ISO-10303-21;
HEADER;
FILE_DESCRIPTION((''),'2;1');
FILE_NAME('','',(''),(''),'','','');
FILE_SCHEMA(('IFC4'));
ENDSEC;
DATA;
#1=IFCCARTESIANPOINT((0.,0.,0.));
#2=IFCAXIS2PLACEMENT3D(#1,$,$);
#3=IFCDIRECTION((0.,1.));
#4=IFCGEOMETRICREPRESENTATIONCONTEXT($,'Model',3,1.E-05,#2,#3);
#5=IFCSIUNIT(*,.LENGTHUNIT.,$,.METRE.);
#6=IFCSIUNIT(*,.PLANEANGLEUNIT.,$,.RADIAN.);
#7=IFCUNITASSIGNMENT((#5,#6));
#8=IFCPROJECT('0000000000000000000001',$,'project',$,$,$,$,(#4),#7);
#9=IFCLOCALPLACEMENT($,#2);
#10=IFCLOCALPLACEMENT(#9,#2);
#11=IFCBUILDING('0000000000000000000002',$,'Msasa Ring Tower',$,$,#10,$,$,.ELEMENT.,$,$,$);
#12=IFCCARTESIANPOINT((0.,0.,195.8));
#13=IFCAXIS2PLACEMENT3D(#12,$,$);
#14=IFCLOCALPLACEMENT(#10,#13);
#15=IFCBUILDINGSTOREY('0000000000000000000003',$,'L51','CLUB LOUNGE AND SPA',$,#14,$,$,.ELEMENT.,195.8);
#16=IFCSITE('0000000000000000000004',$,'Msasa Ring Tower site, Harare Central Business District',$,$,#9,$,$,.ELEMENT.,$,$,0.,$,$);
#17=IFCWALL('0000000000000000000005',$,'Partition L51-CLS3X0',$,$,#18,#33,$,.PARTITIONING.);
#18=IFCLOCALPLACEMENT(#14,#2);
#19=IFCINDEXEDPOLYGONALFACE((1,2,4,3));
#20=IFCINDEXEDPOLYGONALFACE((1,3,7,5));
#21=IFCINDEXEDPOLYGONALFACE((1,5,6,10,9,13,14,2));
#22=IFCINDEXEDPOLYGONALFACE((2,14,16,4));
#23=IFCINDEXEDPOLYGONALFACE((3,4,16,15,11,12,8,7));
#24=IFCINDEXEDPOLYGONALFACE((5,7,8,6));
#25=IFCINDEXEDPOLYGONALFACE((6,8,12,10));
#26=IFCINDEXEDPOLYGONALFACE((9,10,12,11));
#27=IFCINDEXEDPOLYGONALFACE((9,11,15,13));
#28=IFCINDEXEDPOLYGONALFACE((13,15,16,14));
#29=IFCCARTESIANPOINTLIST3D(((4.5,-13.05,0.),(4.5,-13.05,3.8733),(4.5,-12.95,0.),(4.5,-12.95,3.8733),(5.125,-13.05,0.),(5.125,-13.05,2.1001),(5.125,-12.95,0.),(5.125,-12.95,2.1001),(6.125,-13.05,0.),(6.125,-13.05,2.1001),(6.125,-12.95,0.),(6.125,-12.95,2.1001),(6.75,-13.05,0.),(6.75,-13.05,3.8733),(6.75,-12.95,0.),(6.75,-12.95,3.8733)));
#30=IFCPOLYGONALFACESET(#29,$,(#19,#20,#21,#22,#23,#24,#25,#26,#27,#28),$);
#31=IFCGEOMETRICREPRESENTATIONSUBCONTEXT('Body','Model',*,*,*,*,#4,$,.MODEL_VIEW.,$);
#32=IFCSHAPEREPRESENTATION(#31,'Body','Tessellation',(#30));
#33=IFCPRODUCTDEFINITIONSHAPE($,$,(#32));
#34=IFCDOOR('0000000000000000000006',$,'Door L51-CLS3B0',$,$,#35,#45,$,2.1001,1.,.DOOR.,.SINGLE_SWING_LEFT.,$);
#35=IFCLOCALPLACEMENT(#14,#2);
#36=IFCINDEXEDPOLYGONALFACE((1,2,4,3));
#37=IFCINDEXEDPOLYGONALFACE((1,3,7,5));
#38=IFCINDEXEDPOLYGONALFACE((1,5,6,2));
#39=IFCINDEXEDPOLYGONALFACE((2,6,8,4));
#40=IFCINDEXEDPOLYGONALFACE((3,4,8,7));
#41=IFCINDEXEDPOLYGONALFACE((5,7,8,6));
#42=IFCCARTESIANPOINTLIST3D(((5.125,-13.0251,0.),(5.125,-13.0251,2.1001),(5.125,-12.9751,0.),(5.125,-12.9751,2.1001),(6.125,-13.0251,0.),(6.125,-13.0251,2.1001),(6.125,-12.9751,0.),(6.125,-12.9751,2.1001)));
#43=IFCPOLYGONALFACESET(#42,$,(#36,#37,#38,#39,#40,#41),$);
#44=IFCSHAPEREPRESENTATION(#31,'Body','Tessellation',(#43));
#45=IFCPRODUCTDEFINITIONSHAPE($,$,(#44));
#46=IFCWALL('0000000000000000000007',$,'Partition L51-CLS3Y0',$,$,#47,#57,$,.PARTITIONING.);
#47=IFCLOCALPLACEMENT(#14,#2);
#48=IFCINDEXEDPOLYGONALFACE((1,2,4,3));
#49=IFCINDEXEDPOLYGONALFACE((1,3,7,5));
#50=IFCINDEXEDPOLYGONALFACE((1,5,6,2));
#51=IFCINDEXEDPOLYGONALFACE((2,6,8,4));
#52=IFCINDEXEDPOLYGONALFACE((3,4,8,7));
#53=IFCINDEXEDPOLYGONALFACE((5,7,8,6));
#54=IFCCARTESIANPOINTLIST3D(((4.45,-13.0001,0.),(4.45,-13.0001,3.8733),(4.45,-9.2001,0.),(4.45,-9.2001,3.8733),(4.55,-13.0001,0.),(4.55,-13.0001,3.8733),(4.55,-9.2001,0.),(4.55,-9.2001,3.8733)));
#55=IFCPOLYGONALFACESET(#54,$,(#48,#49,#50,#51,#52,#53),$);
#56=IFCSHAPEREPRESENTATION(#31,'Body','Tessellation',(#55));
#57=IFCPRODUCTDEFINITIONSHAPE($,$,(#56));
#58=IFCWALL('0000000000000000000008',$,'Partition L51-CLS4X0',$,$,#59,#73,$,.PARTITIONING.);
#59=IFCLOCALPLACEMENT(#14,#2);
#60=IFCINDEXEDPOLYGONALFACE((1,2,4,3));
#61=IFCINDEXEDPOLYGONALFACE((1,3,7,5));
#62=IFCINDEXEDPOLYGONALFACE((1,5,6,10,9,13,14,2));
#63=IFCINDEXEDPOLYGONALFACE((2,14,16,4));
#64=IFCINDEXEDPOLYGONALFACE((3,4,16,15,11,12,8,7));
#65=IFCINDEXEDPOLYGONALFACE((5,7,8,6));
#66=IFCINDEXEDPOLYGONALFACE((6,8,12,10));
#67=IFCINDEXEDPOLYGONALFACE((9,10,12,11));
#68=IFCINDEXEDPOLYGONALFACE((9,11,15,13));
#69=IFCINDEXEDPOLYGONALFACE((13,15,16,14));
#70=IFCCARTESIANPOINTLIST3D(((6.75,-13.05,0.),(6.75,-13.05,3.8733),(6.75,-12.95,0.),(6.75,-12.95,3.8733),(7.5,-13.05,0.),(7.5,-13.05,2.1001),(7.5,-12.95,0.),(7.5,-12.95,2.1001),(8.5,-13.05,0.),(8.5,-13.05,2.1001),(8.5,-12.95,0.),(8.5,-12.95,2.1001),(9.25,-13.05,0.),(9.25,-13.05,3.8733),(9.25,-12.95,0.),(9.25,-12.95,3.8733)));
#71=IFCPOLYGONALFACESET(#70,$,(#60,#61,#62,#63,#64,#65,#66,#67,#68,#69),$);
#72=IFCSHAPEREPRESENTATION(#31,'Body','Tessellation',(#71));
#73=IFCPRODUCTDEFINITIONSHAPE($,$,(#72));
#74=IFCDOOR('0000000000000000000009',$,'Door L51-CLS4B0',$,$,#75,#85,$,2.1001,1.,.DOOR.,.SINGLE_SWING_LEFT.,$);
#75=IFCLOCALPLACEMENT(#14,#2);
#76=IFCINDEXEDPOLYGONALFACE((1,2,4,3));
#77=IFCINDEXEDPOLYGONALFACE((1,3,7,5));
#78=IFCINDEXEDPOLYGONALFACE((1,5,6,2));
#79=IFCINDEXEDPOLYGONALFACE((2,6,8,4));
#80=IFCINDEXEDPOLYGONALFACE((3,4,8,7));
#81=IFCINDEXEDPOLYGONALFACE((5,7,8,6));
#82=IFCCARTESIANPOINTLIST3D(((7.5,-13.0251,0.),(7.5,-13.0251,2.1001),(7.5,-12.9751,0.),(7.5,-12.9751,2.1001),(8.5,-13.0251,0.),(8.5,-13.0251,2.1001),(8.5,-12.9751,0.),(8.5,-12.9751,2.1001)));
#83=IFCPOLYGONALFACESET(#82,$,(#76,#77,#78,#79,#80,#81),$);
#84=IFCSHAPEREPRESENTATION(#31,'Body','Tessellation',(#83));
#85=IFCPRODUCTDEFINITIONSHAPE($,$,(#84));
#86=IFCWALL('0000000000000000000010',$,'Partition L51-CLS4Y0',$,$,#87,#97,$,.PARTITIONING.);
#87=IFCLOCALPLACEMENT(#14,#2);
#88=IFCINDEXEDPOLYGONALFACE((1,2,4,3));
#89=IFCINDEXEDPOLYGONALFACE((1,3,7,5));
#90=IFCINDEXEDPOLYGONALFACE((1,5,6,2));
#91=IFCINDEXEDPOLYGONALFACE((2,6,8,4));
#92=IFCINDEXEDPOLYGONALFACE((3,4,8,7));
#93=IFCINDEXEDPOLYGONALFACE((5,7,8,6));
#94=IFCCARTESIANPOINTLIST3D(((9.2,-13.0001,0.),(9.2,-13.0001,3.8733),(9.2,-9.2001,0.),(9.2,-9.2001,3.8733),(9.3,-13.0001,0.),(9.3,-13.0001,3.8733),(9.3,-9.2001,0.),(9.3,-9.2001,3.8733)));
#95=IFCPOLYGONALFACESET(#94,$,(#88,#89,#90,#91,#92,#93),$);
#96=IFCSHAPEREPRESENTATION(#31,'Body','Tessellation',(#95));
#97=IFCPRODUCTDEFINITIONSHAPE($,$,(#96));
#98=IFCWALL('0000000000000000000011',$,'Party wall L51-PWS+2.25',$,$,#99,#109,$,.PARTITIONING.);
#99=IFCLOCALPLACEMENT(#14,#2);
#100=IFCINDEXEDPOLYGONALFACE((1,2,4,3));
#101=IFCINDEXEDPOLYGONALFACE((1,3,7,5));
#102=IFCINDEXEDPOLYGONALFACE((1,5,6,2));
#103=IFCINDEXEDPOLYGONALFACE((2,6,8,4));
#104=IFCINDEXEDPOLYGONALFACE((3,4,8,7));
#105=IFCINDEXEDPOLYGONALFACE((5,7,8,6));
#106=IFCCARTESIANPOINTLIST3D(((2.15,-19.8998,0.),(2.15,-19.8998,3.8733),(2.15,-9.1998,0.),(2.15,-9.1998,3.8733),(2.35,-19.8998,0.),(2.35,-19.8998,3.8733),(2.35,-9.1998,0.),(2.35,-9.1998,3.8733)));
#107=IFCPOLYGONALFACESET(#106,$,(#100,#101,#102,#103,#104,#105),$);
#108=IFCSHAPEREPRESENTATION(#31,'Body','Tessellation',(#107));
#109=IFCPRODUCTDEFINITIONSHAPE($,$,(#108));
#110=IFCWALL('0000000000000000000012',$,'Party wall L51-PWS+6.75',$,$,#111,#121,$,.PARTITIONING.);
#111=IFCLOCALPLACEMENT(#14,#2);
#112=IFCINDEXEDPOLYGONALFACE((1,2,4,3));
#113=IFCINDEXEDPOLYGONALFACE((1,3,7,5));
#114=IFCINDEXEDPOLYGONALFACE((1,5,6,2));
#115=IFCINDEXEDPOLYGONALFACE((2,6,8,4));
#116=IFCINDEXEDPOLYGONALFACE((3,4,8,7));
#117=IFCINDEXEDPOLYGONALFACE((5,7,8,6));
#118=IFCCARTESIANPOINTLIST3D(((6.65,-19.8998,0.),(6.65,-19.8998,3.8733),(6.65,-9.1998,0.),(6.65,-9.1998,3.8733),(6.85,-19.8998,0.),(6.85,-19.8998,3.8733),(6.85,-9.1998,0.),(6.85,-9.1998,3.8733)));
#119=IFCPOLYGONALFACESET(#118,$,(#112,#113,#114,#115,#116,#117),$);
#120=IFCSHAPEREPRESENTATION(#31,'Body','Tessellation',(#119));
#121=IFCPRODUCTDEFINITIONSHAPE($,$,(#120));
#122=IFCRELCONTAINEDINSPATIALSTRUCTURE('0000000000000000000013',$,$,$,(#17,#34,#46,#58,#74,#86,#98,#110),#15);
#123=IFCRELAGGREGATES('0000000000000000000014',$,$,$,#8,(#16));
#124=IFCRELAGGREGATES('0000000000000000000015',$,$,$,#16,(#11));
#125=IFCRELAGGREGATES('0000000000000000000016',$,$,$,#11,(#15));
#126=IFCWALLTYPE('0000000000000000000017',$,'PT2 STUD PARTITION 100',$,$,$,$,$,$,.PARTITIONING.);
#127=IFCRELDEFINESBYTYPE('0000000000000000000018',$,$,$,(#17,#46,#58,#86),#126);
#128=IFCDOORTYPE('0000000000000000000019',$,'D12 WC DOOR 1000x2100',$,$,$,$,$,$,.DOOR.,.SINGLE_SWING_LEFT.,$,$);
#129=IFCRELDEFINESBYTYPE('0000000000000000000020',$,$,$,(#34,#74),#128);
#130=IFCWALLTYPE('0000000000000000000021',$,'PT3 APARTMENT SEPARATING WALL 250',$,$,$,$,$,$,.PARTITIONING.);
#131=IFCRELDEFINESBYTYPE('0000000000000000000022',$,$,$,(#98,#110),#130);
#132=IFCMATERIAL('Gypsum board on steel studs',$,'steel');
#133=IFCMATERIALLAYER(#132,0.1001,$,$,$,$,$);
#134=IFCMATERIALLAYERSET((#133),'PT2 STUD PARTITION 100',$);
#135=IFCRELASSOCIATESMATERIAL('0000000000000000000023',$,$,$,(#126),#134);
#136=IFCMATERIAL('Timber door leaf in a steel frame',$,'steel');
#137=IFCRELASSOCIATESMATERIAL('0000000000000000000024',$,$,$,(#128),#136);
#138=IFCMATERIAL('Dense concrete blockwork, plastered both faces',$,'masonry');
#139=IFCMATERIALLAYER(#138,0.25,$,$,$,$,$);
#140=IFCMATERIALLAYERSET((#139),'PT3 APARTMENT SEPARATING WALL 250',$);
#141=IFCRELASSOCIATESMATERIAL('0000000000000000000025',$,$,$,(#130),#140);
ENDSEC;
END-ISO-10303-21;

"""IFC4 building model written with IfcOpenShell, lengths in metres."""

from ifc_helpers import new_model, si_unit, direction, frame, frame_2d, origin, place, context, subcontext, project, spatial, rectangle, extrude, material, layer, layer_set, type_object, element, fill, save


model = new_model("IFC4")

# Units and contexts
model_context = context("Model", 3, precision=1e-05, world=origin(), true_north=direction((0.0, 1.0)))
body_context = subcontext(model_context, "Body", "Model", "MODEL_VIEW")
ifc_project = project(units=[si_unit("LENGTHUNIT", "METRE"), si_unit("PLANEANGLEUNIT", "RADIAN")], contexts=[model_context])

# Site, building, storey
site_placement = place(None, origin())
site = spatial("IfcSite", under=ifc_project, at=site_placement, Name="Msasa Ring Tower site, Harare Central Business District", CompositionType="ELEMENT", RefElevation=0.0)
building_placement = place(site_placement, origin())
building = spatial("IfcBuilding", under=site, at=building_placement, Name="Msasa Ring Tower", CompositionType="ELEMENT")
storey_placement = place(building_placement, frame((0.0, 0.0, 195.8)))
storey = spatial("IfcBuildingStorey", under=building, at=storey_placement, Name="L51", Description="CLUB LOUNGE AND SPA", CompositionType="ELEMENT", Elevation=195.8)

# Shared definitions
ifc_material_1 = material(Name="Gypsum board on steel studs", Category="steel")
ifc_layer_1 = layer(ifc_material_1, 0.1001)
ifc_layer_set_1 = layer_set([ifc_layer_1], Name="PT2 STUD PARTITION 100")
wall_type_1 = type_object("IfcWallType", Name="PT2 STUD PARTITION 100", PredefinedType="PARTITIONING", material=ifc_layer_set_1)

# Wall, opening, door
wall_1_placement = place(storey_placement, frame((4.5, -13.0, 0.0), z_axis=(0.0, 0.0, 1.0), x_axis=(1.0, 0.0, 0.0)))
wall_1 = element("IfcWall", 1, at=wall_1_placement, inside=storey, type_object=wall_type_1, Name="Partition L51-CLS3X0", PredefinedType="PARTITIONING", context=body_context, shape_type="SweptSolid", body=[
    extrude(rectangle(XDim=2.25, YDim=0.1001, at=frame_2d((1.125, 0.0))), origin(), (0.0, 0.0, 1.0), 3.8733),
])
opening_1_placement = place(wall_1_placement, frame((0.625, 0.0, 0.0)))
opening_1 = element("IfcOpeningElement", 2, at=opening_1_placement, cuts=wall_1, PredefinedType="OPENING", context=body_context, shape_type="SweptSolid", body=[
    extrude(rectangle(XDim=1.0, YDim=2.1001, at=frame_2d((0.5, 1.05))), frame((0.0, 0.0601, 0.0), z_axis=(0.0, -1.0, 0.0), x_axis=(1.0, 0.0, 0.0)), (0.0, 0.0, 1.0), 0.1201),
])
ifc_material_2 = material(Name="Timber door leaf in a steel frame", Category="steel")
door_type = type_object("IfcDoorType", Name="D12 WC DOOR 1000x2100", OperationType="SINGLE_SWING_LEFT", PredefinedType="DOOR", material=ifc_material_2)
door_1_placement = place(opening_1_placement, origin())
door_1 = element("IfcDoor", 3, at=door_1_placement, inside=storey, type_object=door_type, Name="Door L51-CLS3B0", OperationType="SINGLE_SWING_LEFT", OverallHeight=2.1001, OverallWidth=1.0, PredefinedType="DOOR", context=body_context, shape_type="SweptSolid", body=[
    extrude(rectangle(XDim=1.0, YDim=2.1001, at=frame_2d((0.5, 1.05))), frame((0.0, 0.0249, 0.0), z_axis=(0.0, -1.0, 0.0), x_axis=(1.0, 0.0, 0.0)), (0.0, 0.0, 1.0), 0.05),
])
fill(opening_1, door_1)

# Wall
wall_2_placement = place(storey_placement, frame((4.5, -13.0, 0.0), z_axis=(0.0, 0.0, 1.0), x_axis=(0.0, 1.0, 0.0)))
element("IfcWall", 4, at=wall_2_placement, inside=storey, type_object=wall_type_1, Name="Partition L51-CLS3Y0", PredefinedType="PARTITIONING", context=body_context, shape_type="SweptSolid", body=[
    extrude(rectangle(XDim=3.8, YDim=0.1001, at=frame_2d((1.8999, 0.0))), origin(), (0.0, 0.0, 1.0), 3.8733),
])

# Wall, opening, door
wall_3_placement = place(storey_placement, frame((6.75, -13.0, 0.0), z_axis=(0.0, 0.0, 1.0), x_axis=(1.0, 0.0, 0.0)))
wall_3 = element("IfcWall", 5, at=wall_3_placement, inside=storey, type_object=wall_type_1, Name="Partition L51-CLS4X0", PredefinedType="PARTITIONING", context=body_context, shape_type="SweptSolid", body=[
    extrude(rectangle(XDim=2.5, YDim=0.1001, at=frame_2d((1.25, 0.0))), origin(), (0.0, 0.0, 1.0), 3.8733),
])
opening_2_placement = place(wall_3_placement, frame((0.75, 0.0, 0.0)))
opening_2 = element("IfcOpeningElement", 6, at=opening_2_placement, cuts=wall_3, PredefinedType="OPENING", context=body_context, shape_type="SweptSolid", body=[
    extrude(rectangle(XDim=1.0, YDim=2.1001, at=frame_2d((0.5, 1.05))), frame((0.0, 0.0601, 0.0), z_axis=(0.0, -1.0, 0.0), x_axis=(1.0, 0.0, 0.0)), (0.0, 0.0, 1.0), 0.1201),
])
door_2_placement = place(opening_2_placement, origin())
door_2 = element("IfcDoor", 7, at=door_2_placement, inside=storey, type_object=door_type, Name="Door L51-CLS4B0", OperationType="SINGLE_SWING_LEFT", OverallHeight=2.1001, OverallWidth=1.0, PredefinedType="DOOR", context=body_context, shape_type="SweptSolid", body=[
    extrude(rectangle(XDim=1.0, YDim=2.1001, at=frame_2d((0.5, 1.05))), frame((0.0, 0.0249, 0.0), z_axis=(0.0, -1.0, 0.0), x_axis=(1.0, 0.0, 0.0)), (0.0, 0.0, 1.0), 0.05),
])
fill(opening_2, door_2)

# Walls
wall_4_placement = place(storey_placement, frame((9.25, -13.0, 0.0), z_axis=(0.0, 0.0, 1.0), x_axis=(0.0, 1.0, 0.0)))
element("IfcWall", 8, at=wall_4_placement, inside=storey, type_object=wall_type_1, Name="Partition L51-CLS4Y0", PredefinedType="PARTITIONING", context=body_context, shape_type="SweptSolid", body=[
    extrude(rectangle(XDim=3.8, YDim=0.1001, at=frame_2d((1.8999, 0.0))), origin(), (0.0, 0.0, 1.0), 3.8733),
])
ifc_material_3 = material(Name="Dense concrete blockwork, plastered both faces", Category="masonry")
ifc_layer_2 = layer(ifc_material_3, 0.25)
ifc_layer_set_2 = layer_set([ifc_layer_2], Name="PT3 APARTMENT SEPARATING WALL 250")
wall_type_2 = type_object("IfcWallType", Name="PT3 APARTMENT SEPARATING WALL 250", PredefinedType="PARTITIONING", material=ifc_layer_set_2)
for number, where, z_axis, x_axis, name in (
    (9, (2.25, -19.8999, 0.0), (0.0, 0.0, 1.0), (0.0, 1.0, 0.0), "Party wall L51-PWS+2.25"),
    (10, (6.75, -19.8999, 0.0), (0.0, 0.0, 1.0), (0.0, 1.0, 0.0), "Party wall L51-PWS+6.75"),
):
    element("IfcWall", number, at=place(storey_placement, frame(where, z_axis=z_axis, x_axis=x_axis)), inside=storey, type_object=wall_type_2, Name=name, PredefinedType="PARTITIONING", context=body_context, shape_type="SweptSolid", body=[
        extrude(rectangle(XDim=10.7, YDim=0.2, at=frame_2d((5.3501, 0.0))), origin(), (0.0, 0.0, 1.0), 3.8733),
    ])

save(model, "model.ifc")
